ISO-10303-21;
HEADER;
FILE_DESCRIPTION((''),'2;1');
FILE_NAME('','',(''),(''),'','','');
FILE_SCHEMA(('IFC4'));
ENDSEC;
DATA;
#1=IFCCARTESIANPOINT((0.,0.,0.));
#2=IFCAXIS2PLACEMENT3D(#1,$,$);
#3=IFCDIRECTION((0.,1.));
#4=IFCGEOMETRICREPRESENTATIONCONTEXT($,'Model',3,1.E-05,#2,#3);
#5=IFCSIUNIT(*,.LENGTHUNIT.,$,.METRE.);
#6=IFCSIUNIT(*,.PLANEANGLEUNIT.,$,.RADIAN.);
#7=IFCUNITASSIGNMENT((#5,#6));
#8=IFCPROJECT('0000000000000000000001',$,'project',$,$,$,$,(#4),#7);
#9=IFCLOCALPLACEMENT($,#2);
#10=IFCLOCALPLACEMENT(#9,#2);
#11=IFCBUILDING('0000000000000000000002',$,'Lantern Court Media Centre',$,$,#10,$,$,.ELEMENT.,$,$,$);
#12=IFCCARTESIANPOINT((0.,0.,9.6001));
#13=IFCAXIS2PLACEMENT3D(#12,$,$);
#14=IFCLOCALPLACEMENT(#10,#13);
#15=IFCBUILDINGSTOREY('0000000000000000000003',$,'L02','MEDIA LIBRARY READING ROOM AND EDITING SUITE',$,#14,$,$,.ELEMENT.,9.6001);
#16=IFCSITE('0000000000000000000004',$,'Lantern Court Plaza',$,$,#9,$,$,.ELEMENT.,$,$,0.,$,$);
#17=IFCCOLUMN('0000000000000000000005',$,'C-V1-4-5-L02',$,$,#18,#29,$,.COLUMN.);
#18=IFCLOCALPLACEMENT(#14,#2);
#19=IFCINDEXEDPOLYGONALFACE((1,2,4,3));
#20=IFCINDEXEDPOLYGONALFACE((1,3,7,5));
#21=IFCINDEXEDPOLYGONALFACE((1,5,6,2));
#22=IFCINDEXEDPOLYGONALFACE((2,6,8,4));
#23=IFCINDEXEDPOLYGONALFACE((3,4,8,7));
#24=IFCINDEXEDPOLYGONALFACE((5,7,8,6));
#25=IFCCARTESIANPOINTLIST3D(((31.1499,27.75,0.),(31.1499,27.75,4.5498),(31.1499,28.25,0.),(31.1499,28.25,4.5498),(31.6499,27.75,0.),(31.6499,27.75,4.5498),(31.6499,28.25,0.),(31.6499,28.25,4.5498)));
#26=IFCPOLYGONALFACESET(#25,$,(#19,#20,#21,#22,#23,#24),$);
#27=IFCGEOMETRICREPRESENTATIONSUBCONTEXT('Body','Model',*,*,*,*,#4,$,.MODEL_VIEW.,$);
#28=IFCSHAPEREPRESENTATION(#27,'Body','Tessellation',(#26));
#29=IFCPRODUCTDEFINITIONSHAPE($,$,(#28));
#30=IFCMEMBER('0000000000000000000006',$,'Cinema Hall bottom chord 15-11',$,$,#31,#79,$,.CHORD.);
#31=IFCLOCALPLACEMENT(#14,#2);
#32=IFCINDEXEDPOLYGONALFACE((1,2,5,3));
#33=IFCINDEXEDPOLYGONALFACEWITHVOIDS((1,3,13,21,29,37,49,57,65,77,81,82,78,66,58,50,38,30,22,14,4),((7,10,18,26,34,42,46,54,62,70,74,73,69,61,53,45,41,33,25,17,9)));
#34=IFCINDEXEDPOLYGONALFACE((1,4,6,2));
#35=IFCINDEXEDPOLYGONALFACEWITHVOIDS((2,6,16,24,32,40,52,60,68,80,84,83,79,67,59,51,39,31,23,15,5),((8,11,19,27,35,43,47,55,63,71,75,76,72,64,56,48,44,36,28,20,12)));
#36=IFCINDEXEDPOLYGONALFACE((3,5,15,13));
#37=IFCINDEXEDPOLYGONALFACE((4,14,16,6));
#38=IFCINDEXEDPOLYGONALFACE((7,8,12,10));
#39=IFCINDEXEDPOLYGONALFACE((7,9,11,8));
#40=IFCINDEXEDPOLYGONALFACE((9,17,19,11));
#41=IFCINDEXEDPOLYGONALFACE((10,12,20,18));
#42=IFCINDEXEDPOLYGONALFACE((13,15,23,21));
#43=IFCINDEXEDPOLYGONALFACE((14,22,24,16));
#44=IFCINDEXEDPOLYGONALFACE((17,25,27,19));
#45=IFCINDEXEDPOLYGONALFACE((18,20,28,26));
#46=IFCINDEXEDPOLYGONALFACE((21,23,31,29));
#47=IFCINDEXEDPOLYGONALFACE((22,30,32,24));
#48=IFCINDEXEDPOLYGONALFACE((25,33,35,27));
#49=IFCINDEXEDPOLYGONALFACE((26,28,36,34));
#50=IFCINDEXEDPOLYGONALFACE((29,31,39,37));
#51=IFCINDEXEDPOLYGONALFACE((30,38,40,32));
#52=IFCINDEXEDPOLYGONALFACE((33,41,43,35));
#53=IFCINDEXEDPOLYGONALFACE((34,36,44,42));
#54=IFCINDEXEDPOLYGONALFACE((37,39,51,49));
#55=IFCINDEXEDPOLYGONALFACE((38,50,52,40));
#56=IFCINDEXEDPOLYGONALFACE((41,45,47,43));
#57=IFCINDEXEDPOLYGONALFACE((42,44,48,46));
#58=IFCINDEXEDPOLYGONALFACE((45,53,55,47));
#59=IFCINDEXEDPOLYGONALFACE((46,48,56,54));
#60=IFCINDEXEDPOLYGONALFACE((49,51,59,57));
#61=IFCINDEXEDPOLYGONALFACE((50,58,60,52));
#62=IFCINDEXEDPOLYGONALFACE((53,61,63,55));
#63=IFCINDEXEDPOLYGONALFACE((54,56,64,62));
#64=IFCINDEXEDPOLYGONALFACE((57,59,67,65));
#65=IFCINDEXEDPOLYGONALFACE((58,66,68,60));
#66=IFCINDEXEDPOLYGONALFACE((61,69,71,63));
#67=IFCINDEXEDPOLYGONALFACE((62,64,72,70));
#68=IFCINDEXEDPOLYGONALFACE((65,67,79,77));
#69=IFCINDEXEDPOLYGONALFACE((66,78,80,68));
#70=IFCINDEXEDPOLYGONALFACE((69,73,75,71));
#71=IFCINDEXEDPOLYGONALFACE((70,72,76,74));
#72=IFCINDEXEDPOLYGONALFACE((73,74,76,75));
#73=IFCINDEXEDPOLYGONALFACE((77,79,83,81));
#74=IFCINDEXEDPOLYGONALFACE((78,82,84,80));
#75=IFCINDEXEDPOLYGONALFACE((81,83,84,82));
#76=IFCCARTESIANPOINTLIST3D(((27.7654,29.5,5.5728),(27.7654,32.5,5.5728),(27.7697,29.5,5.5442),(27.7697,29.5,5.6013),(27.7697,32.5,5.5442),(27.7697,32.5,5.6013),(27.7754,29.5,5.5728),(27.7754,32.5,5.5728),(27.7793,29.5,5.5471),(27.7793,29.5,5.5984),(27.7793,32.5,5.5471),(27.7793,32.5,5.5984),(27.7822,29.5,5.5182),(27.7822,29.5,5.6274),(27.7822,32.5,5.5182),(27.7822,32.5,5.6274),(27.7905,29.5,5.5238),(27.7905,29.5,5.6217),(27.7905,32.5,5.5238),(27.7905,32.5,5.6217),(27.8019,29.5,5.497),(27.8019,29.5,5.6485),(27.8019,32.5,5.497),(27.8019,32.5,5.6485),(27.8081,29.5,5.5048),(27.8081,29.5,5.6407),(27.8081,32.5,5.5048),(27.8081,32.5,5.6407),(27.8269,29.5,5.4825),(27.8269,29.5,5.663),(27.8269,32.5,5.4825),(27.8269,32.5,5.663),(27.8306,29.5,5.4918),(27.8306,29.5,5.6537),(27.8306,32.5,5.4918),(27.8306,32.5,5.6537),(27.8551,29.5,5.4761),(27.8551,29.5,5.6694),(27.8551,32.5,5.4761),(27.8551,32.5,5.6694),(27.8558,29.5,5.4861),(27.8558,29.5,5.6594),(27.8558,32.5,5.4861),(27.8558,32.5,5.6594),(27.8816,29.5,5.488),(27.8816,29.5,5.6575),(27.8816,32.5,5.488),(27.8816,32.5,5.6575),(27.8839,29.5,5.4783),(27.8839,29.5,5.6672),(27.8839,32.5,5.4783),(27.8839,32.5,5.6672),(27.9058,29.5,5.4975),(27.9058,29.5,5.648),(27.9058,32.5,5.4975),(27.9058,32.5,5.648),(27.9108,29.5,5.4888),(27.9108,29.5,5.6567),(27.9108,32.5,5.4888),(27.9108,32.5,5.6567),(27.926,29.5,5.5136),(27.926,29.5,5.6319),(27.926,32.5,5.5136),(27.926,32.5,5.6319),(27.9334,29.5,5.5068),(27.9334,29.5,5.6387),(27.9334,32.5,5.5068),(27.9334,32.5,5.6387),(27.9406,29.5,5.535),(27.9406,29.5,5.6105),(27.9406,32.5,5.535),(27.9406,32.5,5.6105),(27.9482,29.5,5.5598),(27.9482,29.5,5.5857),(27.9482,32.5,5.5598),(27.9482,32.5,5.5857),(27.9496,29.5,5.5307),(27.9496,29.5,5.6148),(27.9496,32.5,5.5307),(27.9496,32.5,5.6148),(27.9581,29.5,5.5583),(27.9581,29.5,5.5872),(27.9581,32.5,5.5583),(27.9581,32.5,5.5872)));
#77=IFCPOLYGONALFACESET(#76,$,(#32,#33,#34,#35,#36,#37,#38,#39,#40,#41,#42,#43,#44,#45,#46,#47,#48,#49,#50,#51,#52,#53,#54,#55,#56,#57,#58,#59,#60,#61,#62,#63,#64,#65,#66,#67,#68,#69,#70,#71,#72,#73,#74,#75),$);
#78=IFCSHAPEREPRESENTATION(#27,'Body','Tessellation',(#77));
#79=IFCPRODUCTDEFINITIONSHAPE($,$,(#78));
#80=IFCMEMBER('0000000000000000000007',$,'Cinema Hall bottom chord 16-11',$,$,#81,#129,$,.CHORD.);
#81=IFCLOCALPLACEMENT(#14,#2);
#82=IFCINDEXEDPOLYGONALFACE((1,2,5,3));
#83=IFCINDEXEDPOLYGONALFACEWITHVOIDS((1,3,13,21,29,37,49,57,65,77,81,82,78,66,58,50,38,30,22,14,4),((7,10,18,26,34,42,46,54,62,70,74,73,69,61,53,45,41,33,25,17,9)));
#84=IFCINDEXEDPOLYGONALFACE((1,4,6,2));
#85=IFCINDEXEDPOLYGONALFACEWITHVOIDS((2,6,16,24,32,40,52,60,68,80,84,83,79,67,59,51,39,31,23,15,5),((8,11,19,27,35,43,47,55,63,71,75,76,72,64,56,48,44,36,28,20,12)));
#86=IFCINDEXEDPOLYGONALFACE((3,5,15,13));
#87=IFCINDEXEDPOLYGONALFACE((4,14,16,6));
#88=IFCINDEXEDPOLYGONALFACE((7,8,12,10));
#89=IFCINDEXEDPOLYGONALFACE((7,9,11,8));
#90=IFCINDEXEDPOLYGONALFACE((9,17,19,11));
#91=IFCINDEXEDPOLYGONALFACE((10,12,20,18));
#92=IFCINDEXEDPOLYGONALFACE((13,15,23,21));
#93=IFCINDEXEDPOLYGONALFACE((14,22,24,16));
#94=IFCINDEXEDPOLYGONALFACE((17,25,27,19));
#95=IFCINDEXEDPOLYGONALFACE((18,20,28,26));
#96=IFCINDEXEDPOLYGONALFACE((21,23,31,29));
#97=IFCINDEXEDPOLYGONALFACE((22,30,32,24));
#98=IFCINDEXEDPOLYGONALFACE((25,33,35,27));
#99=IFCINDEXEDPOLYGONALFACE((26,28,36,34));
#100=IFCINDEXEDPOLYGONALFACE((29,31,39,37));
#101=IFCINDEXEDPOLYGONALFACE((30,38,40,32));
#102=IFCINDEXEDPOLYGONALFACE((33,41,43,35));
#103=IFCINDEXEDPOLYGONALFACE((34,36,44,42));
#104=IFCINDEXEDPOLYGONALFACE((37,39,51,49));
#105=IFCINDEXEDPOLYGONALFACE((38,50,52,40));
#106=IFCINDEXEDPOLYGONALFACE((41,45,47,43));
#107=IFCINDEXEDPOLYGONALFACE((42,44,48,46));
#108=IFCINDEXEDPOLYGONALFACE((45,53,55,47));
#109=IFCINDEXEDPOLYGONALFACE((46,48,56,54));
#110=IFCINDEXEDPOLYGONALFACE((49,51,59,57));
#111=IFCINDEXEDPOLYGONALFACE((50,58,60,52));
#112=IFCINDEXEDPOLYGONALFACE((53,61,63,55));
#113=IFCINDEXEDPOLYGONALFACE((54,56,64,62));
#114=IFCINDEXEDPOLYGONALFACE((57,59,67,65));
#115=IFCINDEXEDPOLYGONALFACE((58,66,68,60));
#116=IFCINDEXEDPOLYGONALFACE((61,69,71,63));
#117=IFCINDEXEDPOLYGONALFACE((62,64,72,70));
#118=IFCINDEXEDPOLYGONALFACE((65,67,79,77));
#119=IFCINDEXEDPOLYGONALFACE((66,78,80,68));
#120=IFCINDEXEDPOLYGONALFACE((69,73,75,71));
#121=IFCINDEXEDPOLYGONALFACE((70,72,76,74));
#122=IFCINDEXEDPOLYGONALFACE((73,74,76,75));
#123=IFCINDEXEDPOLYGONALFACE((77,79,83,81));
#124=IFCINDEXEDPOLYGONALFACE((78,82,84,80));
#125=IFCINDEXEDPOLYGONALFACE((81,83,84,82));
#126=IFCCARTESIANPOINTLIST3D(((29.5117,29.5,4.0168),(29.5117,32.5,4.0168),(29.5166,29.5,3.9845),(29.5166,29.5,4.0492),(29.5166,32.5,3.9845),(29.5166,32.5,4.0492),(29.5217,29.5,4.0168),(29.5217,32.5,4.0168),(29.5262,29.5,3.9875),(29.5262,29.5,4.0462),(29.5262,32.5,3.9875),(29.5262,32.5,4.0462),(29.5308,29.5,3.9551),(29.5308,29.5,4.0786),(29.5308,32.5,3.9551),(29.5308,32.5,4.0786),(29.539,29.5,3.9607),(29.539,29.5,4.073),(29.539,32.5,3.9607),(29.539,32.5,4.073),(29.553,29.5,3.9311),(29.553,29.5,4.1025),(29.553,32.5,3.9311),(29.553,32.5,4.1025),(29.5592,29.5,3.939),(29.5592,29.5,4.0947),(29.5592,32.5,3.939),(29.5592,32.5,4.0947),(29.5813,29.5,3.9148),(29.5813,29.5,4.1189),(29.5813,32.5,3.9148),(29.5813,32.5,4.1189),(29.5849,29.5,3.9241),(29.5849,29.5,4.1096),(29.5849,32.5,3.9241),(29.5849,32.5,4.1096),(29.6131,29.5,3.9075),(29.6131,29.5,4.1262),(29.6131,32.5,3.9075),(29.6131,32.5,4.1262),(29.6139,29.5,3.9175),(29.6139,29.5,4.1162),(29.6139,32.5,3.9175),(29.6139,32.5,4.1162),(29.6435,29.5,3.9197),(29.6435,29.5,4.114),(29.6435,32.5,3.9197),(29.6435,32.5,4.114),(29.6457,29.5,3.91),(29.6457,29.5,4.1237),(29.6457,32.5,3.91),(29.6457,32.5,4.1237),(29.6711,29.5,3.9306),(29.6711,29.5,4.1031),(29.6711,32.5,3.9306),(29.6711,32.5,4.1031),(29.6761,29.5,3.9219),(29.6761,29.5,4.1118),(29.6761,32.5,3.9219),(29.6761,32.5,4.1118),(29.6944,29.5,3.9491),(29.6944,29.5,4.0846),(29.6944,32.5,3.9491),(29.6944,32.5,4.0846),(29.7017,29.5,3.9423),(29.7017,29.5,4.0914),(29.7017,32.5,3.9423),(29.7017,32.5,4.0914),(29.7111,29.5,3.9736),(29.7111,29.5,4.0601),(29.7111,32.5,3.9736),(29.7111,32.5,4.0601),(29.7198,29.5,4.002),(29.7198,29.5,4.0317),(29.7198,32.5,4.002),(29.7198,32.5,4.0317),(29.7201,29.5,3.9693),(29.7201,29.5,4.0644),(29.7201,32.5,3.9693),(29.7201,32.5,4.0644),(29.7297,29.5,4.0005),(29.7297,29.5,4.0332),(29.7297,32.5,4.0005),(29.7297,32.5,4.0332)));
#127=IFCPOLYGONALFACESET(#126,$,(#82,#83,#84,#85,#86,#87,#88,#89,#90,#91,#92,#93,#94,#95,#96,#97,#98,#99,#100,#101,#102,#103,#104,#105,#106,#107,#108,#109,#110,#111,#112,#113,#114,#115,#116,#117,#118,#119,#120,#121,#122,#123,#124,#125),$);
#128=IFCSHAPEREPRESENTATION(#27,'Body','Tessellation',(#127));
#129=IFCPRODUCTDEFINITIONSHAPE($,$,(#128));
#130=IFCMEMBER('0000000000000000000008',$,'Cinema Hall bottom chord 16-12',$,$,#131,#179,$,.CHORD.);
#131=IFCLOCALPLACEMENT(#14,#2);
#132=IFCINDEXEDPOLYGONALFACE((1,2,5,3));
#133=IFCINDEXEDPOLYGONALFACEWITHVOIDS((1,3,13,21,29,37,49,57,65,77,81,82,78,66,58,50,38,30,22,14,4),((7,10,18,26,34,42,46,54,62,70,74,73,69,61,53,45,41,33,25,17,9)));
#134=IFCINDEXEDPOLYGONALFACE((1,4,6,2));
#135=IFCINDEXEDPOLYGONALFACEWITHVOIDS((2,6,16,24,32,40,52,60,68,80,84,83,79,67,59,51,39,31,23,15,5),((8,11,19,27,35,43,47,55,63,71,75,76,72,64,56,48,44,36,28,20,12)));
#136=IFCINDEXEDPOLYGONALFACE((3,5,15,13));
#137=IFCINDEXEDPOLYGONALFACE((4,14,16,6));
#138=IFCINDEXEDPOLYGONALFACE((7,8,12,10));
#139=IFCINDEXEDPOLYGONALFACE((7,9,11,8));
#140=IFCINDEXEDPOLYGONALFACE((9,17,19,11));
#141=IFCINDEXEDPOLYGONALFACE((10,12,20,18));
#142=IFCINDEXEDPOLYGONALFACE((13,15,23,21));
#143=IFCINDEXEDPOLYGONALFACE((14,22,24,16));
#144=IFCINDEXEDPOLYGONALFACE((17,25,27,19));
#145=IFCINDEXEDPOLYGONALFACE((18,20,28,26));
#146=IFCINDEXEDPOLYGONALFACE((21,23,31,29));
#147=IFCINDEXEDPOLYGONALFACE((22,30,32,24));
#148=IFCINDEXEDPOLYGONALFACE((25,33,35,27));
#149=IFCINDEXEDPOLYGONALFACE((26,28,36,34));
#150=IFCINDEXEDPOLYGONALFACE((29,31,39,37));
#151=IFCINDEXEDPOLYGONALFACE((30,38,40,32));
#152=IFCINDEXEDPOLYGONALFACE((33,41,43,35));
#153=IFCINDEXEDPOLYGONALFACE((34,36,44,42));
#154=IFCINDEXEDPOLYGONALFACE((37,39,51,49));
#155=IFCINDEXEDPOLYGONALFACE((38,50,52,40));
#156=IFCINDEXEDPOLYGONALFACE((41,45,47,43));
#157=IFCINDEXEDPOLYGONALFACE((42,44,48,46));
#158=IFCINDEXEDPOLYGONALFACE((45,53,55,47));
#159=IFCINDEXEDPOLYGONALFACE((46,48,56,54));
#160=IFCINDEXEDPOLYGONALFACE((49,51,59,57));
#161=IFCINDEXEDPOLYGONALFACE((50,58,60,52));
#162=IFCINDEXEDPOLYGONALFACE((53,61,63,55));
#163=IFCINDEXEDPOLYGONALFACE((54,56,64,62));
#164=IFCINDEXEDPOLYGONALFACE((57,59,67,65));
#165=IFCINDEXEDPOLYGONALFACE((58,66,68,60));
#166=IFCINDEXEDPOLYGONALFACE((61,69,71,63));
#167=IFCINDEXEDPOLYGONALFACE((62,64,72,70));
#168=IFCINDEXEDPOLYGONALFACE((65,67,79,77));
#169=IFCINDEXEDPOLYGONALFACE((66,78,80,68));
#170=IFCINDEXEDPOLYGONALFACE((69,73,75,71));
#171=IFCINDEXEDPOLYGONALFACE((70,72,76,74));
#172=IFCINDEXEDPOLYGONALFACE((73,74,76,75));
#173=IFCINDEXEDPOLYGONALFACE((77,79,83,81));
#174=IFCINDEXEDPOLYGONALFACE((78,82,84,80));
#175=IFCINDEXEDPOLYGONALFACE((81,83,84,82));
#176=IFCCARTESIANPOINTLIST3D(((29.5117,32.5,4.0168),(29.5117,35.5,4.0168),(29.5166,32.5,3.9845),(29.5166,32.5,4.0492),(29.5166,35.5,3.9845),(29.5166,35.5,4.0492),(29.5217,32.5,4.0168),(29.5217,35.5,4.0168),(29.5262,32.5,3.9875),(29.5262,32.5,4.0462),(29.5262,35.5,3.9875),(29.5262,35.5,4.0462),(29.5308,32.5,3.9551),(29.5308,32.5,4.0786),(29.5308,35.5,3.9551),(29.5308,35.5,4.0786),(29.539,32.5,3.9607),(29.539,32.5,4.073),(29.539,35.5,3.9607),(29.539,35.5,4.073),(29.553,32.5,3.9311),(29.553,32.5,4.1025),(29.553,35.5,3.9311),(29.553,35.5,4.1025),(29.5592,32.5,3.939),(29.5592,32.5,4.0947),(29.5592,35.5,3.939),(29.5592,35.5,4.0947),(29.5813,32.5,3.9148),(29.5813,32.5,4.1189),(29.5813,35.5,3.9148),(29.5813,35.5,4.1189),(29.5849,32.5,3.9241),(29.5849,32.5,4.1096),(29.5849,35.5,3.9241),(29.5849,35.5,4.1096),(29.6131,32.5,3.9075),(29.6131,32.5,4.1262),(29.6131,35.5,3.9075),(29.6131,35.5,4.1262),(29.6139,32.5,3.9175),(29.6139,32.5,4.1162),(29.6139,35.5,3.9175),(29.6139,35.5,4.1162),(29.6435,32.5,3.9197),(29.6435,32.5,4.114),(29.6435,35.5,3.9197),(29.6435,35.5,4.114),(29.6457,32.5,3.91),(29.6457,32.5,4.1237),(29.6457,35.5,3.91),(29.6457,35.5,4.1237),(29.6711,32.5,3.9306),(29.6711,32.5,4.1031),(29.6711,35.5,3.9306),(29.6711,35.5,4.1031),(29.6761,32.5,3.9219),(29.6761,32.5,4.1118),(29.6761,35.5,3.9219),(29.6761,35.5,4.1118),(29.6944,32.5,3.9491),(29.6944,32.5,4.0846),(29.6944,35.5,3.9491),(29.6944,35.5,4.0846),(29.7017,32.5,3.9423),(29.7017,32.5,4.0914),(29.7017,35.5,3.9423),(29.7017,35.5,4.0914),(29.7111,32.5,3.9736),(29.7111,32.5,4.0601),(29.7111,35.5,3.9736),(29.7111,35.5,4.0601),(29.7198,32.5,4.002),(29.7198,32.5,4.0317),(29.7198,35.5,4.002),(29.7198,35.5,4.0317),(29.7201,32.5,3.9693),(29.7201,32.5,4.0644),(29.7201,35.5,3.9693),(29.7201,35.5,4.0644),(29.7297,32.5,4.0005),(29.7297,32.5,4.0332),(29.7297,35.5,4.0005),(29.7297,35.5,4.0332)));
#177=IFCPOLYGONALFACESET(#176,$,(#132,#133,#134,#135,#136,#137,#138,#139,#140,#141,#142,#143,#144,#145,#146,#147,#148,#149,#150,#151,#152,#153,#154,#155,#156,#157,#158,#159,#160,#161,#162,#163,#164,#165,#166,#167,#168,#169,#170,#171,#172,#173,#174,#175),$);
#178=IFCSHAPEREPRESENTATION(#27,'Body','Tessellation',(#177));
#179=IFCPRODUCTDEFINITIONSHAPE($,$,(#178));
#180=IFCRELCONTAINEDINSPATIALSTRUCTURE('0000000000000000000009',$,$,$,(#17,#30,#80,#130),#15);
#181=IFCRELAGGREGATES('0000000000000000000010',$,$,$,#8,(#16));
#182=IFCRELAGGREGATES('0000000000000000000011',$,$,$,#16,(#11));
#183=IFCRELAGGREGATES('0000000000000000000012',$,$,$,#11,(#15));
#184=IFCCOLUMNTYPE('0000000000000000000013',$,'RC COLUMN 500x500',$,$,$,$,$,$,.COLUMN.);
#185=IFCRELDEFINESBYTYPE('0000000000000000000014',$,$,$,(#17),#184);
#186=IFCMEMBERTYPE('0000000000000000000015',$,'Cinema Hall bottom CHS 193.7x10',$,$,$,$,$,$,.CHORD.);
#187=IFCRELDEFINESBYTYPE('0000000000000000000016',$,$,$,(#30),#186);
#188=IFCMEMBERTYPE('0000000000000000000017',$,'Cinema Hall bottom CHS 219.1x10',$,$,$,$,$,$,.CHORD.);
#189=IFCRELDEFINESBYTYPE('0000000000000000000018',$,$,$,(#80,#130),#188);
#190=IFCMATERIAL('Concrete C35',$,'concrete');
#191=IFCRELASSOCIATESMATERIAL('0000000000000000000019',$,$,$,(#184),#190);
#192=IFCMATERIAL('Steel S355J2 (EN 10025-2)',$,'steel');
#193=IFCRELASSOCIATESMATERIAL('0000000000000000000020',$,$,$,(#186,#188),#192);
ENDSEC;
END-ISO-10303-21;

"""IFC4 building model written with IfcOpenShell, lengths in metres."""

from ifc_helpers import new_model, si_unit, direction, frame, origin, origin_2d, place, context, subcontext, project, spatial, rectangle, hollow_circle, extrude, material, material_profile, profile_set, type_object, element, save


model = new_model("IFC4")

# Units and contexts
model_context = context("Model", 3, precision=1e-05, world=origin(), true_north=direction((0.0, 1.0)))
body_context = subcontext(model_context, "Body", "Model", "MODEL_VIEW")
ifc_project = project(units=[si_unit("LENGTHUNIT", "METRE"), si_unit("PLANEANGLEUNIT", "RADIAN")], contexts=[model_context])

# Site, building, storey
site_placement = place(None, origin())
site = spatial("IfcSite", under=ifc_project, at=site_placement, Name="Lantern Court Plaza", CompositionType="ELEMENT", RefElevation=0.0)
building_placement = place(site_placement, origin())
building = spatial("IfcBuilding", under=site, at=building_placement, Name="Lantern Court Media Centre", CompositionType="ELEMENT")
storey_placement = place(building_placement, frame((0.0, 0.0, 9.6001)))
storey = spatial("IfcBuildingStorey", under=building, at=storey_placement, Name="L02", Description="MEDIA LIBRARY READING ROOM AND EDITING SUITE", CompositionType="ELEMENT", Elevation=9.6001)

# Column
ifc_material_1 = material(Name="Concrete C35", Category="concrete")
ifc_material_profile_1 = material_profile(ifc_material_1, rectangle(XDim=0.5, YDim=0.5, at=origin_2d()), Name="RC 500x500")
ifc_profile_set_1 = profile_set([ifc_material_profile_1], Name="Concrete C35")
column_type = type_object("IfcColumnType", Name="RC COLUMN 500x500", PredefinedType="COLUMN", material=ifc_profile_set_1)
column_placement = place(storey_placement, frame((31.3999, 28.0, 0.0), z_axis=(0.0, 0.0, 1.0), x_axis=(1.0, 0.0, 0.0)))
element("IfcColumn", 1, at=column_placement, inside=storey, type_object=column_type, Name="C-V1-4-5-L02", PredefinedType="COLUMN", context=body_context, shape_type="SweptSolid", body=[
    extrude(rectangle(XDim=0.5, YDim=0.5, at=origin_2d()), origin(), (0.0, 0.0, 1.0), 4.5498),
])

# Members
ifc_material_2 = material(Name="Steel S355J2 (EN 10025-2)", Category="steel")
ifc_material_profile_2 = material_profile(ifc_material_2, hollow_circle(Radius=0.0969, WallThickness=0.01, at=origin_2d()), Name="Cinema Hall bottom CHS 193.7x10")
ifc_profile_set_2 = profile_set([ifc_material_profile_2], Name="Steel S355J2 (EN 10025-2)")
member_type_1 = type_object("IfcMemberType", Name="Cinema Hall bottom CHS 193.7x10", PredefinedType="CHORD", material=ifc_profile_set_2)
member_1_placement = place(storey_placement, frame((27.8623, 29.5, 5.5728), z_axis=(0.0, 1.0, 0.0), x_axis=(-1.0, 0.0, 0.0)))
element("IfcMember", 2, at=member_1_placement, inside=storey, type_object=member_type_1, Name="Cinema Hall bottom chord 15-11", PredefinedType="CHORD", context=body_context, shape_type="SweptSolid", body=[
    extrude(hollow_circle(Radius=0.0969, WallThickness=0.01, at=origin_2d()), origin(), (0.0, 0.0, 1.0), 3.0),
])
ifc_material_profile_3 = material_profile(ifc_material_2, hollow_circle(Radius=0.1096, WallThickness=0.01, at=origin_2d()), Name="Cinema Hall bottom CHS 219.1x10")
ifc_profile_set_3 = profile_set([ifc_material_profile_3], Name="Steel S355J2 (EN 10025-2)")
member_type_2 = type_object("IfcMemberType", Name="Cinema Hall bottom CHS 219.1x10", PredefinedType="CHORD", material=ifc_profile_set_3)
for number, where, z_axis, x_axis, name in (
    (3, (29.6213, 29.5, 4.0168), (0.0, 1.0, 0.0), (-1.0, 0.0, 0.0), "Cinema Hall bottom chord 16-11"),
    (4, (29.6213, 32.5, 4.0168), (0.0, 1.0, 0.0), (-1.0, 0.0, 0.0), "Cinema Hall bottom chord 16-12"),
):
    element("IfcMember", number, at=place(storey_placement, frame(where, z_axis=z_axis, x_axis=x_axis)), inside=storey, type_object=member_type_2, Name=name, PredefinedType="CHORD", context=body_context, shape_type="SweptSolid", body=[
        extrude(hollow_circle(Radius=0.1096, WallThickness=0.01, at=origin_2d()), origin(), (0.0, 0.0, 1.0), 3.0),
    ])

save(model, "model.ifc")
